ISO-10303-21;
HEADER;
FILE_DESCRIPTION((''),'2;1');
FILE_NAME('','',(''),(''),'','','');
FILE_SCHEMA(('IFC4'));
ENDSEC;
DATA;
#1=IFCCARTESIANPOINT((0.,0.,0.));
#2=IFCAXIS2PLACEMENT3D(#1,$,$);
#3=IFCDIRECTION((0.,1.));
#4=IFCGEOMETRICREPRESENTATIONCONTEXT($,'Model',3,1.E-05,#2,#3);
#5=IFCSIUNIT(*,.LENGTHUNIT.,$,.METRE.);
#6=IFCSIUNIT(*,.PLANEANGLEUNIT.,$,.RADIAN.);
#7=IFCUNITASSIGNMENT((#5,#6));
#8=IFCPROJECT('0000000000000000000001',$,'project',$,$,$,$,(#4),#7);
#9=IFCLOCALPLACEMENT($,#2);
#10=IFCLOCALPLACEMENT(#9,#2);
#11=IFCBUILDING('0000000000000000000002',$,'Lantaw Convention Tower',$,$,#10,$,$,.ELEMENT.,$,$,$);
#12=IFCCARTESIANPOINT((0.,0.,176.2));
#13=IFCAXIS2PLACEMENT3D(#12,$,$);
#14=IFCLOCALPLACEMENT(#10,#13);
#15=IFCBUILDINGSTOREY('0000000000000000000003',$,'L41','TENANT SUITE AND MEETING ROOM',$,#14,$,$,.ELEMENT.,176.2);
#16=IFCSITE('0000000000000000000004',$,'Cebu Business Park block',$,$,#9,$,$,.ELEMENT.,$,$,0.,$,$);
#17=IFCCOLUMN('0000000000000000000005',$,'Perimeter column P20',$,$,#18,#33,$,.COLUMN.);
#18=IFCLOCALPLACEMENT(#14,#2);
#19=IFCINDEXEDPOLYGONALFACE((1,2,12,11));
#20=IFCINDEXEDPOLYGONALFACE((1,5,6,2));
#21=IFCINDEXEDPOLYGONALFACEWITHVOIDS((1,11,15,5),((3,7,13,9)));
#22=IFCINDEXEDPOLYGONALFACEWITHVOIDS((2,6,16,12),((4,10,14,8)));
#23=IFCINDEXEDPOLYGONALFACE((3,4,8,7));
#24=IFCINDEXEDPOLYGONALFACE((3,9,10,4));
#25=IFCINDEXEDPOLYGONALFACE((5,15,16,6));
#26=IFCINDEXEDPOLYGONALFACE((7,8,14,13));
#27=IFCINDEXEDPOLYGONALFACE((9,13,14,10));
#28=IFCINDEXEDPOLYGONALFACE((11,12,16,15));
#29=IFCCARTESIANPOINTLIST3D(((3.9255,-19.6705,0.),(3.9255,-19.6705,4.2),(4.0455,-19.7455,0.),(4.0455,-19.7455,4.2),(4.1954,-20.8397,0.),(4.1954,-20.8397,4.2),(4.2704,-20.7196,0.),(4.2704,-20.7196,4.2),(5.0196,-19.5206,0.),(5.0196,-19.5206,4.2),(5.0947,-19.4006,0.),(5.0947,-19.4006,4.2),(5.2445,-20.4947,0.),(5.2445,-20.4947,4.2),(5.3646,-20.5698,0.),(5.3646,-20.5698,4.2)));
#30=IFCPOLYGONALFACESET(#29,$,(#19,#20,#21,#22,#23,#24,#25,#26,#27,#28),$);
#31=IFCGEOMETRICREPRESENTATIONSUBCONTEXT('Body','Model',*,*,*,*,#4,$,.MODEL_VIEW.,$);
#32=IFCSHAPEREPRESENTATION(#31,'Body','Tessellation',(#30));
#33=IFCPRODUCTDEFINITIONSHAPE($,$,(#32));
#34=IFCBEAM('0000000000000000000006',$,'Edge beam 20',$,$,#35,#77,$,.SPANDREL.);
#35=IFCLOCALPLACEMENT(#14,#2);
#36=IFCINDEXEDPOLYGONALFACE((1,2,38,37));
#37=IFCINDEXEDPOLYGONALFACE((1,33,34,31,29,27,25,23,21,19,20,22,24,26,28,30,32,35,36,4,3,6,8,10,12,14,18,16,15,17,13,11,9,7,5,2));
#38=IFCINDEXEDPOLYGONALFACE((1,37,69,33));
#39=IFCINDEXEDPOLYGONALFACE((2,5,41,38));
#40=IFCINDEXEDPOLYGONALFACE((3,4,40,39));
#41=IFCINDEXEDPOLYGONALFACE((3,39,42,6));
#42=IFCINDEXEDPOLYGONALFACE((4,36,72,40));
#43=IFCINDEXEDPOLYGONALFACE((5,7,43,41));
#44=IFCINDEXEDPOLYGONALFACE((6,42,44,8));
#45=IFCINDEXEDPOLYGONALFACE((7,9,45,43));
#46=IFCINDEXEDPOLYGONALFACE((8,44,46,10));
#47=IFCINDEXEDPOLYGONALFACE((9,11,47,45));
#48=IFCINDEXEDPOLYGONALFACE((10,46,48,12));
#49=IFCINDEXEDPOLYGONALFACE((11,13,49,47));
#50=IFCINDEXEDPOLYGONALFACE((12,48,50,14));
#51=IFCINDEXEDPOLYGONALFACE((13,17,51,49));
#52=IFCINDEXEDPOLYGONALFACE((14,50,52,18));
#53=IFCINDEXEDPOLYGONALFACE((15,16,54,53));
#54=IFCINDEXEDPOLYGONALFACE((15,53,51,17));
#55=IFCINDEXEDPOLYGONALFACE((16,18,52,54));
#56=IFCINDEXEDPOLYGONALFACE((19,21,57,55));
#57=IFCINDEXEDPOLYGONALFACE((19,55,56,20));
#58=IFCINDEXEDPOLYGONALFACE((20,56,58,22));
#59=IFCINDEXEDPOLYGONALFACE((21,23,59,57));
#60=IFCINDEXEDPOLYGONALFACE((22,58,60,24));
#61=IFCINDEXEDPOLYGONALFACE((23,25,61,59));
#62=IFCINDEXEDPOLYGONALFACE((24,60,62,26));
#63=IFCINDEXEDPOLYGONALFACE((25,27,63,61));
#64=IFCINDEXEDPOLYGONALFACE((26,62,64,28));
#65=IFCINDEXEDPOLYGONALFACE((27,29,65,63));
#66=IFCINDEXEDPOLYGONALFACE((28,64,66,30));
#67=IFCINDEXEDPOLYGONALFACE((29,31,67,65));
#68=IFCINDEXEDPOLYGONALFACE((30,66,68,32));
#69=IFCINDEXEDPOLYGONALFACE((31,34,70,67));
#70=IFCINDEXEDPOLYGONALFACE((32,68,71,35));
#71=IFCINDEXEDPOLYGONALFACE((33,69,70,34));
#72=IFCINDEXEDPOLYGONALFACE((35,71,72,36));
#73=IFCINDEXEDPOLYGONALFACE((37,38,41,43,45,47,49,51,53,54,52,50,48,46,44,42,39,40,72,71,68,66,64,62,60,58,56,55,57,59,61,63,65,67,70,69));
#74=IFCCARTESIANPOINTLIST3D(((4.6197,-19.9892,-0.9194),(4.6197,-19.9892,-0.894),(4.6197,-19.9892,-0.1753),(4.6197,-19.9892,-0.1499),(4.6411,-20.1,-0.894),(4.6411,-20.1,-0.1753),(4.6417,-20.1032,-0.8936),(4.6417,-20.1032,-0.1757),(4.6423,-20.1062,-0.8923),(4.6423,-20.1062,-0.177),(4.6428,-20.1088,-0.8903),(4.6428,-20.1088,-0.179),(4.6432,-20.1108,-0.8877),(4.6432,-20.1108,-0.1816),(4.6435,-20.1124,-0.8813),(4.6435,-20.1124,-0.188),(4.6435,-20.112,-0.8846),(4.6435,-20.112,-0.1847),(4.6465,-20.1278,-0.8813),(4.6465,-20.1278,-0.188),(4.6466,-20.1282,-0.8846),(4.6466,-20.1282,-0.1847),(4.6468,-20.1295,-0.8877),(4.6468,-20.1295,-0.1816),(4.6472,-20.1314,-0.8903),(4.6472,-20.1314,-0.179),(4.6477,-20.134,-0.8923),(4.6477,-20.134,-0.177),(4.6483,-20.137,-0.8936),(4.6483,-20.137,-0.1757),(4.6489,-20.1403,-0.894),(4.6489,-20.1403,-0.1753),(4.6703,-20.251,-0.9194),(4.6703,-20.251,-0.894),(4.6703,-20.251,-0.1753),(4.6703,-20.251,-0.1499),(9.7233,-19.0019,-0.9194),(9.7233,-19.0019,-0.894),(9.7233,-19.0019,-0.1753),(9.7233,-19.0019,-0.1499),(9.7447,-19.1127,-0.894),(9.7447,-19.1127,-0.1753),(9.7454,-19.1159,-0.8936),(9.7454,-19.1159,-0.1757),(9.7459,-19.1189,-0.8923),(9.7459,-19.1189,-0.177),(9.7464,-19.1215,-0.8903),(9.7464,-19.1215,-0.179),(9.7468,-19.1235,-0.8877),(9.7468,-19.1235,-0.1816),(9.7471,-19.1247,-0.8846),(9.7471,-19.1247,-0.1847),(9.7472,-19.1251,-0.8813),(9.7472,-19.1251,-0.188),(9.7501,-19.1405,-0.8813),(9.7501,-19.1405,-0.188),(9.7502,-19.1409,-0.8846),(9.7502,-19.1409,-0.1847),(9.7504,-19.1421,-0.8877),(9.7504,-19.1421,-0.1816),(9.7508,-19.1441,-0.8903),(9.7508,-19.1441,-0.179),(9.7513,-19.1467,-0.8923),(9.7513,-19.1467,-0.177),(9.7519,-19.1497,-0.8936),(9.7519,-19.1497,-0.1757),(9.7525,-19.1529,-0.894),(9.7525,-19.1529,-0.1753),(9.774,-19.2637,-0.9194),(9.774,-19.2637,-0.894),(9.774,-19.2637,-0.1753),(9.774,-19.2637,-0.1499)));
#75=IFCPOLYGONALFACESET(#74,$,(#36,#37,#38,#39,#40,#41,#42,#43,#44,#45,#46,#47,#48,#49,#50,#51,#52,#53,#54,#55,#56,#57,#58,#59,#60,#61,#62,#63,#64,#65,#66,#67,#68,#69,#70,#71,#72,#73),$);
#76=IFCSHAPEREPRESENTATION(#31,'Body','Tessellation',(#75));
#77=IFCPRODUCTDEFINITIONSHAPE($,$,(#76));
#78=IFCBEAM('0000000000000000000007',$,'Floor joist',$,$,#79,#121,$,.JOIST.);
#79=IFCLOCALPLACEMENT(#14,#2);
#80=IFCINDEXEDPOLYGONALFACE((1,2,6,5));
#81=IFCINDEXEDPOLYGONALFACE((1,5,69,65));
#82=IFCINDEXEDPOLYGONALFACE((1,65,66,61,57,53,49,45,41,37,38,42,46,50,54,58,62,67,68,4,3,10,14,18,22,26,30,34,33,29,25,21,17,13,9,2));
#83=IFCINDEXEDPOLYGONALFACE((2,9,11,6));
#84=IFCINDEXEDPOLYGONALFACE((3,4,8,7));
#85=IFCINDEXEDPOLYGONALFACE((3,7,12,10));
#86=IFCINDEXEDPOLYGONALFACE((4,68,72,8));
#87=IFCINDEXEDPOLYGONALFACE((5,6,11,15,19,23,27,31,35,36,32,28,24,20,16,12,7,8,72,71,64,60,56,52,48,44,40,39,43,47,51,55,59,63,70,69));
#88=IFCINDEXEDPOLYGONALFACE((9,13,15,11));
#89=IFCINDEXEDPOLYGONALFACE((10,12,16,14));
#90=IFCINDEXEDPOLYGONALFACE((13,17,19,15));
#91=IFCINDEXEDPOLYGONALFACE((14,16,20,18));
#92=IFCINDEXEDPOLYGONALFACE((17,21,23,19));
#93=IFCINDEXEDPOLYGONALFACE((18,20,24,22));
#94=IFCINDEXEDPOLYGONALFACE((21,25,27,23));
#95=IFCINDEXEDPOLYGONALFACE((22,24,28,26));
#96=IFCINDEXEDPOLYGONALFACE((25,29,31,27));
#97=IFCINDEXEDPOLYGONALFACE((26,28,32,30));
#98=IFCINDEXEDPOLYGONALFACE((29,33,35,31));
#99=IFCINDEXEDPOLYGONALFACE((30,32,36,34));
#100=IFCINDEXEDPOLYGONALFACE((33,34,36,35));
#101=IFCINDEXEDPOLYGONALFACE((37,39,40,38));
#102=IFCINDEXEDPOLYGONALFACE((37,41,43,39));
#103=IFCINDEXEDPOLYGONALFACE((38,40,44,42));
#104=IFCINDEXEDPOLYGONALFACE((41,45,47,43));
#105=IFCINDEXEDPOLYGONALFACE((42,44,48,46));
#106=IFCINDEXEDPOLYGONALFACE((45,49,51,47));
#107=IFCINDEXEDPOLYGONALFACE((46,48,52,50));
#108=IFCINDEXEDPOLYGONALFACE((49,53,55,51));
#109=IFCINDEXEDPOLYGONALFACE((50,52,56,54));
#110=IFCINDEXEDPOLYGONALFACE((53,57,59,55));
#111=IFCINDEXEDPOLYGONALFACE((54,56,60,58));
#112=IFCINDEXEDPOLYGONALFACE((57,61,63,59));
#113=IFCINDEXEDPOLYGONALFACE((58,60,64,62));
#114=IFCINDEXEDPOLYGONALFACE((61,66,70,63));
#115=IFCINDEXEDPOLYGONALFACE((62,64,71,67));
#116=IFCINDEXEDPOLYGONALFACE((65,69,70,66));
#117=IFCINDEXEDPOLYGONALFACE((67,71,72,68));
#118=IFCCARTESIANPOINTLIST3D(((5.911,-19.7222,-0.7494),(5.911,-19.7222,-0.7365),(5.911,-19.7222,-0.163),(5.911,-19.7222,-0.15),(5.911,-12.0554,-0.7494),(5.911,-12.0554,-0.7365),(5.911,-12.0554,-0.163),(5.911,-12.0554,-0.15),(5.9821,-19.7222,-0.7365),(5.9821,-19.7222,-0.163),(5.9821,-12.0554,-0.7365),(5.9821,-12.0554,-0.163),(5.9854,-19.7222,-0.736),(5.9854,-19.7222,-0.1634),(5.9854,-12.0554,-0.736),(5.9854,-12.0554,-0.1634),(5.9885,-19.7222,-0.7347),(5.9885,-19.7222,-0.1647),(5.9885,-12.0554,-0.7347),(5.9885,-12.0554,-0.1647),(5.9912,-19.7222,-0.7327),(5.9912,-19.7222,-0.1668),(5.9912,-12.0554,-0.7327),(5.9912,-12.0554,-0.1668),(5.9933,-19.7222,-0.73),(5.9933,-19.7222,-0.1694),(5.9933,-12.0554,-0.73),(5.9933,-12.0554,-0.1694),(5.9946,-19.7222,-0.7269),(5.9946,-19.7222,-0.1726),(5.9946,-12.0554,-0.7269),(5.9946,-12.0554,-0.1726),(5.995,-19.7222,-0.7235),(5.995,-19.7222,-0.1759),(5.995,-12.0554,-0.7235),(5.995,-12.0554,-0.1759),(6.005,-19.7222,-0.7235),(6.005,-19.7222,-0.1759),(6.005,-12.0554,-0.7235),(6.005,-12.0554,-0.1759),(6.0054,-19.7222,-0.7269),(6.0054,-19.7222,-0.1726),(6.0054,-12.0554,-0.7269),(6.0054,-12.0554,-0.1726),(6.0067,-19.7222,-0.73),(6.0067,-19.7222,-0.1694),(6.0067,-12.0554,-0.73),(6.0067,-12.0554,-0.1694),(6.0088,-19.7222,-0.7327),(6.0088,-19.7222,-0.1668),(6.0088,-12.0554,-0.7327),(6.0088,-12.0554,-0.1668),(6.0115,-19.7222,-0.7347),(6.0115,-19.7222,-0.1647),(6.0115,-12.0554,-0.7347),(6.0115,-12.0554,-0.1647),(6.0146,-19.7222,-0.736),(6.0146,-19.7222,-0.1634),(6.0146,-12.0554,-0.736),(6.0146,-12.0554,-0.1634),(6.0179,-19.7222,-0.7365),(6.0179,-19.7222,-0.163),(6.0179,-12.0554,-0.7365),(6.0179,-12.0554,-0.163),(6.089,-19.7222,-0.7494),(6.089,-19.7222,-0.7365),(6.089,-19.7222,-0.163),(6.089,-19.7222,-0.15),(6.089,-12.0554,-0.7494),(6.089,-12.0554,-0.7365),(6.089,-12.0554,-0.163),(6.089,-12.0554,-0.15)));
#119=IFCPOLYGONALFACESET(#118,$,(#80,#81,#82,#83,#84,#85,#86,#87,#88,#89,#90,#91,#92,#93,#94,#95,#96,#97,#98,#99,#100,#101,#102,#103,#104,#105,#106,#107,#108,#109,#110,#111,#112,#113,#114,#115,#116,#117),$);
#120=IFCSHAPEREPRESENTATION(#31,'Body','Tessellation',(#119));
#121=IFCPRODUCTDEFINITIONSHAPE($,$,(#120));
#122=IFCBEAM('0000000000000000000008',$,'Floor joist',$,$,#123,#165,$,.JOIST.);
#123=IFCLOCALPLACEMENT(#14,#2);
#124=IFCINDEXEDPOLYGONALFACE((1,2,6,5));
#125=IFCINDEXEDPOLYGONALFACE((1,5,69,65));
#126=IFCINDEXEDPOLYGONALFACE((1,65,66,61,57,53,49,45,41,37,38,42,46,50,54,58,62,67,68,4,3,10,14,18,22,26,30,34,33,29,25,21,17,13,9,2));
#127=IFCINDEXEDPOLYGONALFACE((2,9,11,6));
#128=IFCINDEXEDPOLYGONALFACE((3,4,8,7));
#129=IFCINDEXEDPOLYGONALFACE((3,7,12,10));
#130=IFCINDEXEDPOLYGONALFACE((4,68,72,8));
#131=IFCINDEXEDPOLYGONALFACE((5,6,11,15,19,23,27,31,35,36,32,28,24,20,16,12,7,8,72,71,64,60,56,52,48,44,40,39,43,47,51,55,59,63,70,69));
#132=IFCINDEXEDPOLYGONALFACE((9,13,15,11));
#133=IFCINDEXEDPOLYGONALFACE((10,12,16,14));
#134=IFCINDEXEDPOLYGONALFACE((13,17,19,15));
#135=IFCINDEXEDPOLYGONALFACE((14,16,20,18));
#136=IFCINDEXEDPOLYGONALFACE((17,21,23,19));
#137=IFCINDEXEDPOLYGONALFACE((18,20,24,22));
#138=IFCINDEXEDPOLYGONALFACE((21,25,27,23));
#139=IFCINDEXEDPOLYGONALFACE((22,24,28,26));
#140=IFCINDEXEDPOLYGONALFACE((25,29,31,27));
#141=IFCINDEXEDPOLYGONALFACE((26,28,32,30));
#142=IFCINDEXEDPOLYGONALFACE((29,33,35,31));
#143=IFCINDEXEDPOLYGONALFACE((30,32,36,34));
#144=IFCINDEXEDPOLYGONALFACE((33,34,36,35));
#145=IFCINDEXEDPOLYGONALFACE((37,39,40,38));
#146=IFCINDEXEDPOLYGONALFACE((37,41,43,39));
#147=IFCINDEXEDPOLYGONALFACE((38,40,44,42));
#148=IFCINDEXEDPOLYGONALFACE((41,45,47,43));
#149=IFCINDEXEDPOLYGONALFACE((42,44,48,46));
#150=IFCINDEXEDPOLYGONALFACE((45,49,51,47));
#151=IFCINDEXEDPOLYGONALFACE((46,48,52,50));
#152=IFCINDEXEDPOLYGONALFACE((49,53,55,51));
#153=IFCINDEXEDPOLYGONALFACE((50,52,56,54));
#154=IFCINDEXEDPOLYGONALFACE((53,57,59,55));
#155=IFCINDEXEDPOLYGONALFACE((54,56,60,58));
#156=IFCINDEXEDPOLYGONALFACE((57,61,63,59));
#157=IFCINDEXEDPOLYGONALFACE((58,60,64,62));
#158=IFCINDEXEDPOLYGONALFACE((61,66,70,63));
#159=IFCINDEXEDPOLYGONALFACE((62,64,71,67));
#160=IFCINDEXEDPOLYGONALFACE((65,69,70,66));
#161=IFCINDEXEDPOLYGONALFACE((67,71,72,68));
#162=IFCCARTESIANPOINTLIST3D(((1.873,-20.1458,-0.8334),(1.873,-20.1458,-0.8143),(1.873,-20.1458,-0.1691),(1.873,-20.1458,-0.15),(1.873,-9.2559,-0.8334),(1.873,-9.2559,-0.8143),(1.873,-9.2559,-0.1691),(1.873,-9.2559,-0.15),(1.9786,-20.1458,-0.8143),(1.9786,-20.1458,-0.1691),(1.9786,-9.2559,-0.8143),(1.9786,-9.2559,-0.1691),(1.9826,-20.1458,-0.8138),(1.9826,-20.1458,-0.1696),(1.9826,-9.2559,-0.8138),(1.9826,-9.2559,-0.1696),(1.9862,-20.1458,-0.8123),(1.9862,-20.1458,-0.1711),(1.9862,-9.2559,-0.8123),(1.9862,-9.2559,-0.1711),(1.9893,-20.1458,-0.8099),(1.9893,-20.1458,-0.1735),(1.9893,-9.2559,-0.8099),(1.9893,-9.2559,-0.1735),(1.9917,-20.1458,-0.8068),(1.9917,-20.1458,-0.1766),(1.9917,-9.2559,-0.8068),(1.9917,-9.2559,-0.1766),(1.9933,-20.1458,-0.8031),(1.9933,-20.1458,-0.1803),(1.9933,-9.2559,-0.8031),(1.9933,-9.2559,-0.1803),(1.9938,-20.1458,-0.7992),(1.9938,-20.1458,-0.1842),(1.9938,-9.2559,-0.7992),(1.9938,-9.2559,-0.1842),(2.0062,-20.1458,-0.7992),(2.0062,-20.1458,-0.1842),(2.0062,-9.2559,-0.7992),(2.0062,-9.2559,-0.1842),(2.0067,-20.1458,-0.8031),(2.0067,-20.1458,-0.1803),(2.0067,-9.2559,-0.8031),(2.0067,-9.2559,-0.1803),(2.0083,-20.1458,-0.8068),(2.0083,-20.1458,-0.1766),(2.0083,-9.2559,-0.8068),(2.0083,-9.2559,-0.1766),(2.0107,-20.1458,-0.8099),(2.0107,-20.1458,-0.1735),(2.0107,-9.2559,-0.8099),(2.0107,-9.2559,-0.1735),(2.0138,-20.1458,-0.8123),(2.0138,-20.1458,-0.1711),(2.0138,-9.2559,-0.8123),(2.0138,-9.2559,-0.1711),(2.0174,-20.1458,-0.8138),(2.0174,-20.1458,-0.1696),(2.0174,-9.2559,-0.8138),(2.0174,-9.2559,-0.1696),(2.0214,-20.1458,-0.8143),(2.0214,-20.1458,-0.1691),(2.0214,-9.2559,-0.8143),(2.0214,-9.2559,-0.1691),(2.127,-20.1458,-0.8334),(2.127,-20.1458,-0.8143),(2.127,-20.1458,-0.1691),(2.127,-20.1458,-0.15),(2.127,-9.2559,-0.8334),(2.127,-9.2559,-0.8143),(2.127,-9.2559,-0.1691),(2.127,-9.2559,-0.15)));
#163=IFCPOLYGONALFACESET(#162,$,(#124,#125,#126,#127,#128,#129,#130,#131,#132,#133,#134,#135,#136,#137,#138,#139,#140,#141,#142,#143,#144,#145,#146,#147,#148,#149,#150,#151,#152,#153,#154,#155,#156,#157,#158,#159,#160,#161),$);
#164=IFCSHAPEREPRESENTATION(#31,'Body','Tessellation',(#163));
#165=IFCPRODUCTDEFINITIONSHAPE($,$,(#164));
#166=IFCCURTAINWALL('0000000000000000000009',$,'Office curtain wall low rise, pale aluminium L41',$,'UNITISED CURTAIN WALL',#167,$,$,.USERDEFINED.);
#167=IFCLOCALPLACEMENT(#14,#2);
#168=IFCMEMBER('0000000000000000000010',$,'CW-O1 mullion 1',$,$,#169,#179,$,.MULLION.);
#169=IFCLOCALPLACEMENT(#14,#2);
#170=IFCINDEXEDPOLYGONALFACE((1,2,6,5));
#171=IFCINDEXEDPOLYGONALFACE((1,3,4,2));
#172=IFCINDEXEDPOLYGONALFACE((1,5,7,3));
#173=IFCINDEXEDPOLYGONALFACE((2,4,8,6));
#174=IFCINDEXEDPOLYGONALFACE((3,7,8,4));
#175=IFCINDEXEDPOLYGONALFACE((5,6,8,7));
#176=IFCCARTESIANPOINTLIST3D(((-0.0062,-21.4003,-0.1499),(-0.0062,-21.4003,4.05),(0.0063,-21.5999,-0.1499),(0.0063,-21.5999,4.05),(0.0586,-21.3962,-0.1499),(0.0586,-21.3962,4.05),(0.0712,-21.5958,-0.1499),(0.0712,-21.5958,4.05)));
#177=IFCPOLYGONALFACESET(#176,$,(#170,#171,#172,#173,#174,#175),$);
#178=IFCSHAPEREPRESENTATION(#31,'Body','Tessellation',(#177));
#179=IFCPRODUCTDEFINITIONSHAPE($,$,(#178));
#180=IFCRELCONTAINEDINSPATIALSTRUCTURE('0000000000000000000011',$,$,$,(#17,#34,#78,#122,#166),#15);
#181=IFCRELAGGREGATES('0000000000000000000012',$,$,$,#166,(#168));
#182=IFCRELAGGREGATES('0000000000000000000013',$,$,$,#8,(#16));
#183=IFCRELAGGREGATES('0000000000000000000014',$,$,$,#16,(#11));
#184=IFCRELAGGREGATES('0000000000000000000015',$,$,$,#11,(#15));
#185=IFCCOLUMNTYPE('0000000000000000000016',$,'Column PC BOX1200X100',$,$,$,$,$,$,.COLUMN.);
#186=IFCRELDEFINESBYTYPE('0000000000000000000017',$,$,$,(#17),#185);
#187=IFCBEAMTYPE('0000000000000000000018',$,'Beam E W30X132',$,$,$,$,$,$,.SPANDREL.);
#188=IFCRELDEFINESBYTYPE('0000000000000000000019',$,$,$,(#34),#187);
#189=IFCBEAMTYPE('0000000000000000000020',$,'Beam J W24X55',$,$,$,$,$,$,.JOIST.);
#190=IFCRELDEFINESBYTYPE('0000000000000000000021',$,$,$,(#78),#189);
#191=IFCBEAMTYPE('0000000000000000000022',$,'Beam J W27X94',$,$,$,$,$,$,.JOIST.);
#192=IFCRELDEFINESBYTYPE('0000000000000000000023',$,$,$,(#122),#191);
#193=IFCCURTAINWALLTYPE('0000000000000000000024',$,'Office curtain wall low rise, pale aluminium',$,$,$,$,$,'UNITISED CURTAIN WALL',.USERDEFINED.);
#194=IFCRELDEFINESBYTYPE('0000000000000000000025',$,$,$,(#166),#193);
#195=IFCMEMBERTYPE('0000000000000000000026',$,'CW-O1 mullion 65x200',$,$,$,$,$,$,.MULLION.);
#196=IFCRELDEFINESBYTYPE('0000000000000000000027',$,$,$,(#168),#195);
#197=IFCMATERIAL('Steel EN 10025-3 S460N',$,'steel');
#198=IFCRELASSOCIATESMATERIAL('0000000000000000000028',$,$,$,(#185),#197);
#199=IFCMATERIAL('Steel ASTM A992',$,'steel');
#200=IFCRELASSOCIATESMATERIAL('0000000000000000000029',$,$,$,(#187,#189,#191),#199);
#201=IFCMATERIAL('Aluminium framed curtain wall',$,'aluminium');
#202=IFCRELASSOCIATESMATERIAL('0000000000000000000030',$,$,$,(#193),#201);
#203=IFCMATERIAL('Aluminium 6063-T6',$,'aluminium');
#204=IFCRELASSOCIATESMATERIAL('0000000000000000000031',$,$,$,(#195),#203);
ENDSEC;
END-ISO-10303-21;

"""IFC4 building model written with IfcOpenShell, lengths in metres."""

from ifc_helpers import new_model, si_unit, direction, frame, origin, origin_2d, place, context, subcontext, project, spatial, rectangle, hollow_rectangle, i_section, extrude, material, material_profile, profile_set, type_object, element, aggregate, save


model = new_model("IFC4")

# Units and contexts
model_context = context("Model", 3, precision=1e-05, world=origin(), true_north=direction((0.0, 1.0)))
body_context = subcontext(model_context, "Body", "Model", "MODEL_VIEW")
ifc_project = project(units=[si_unit("LENGTHUNIT", "METRE"), si_unit("PLANEANGLEUNIT", "RADIAN")], contexts=[model_context])

# Site, building, storey
site_placement = place(None, origin())
site = spatial("IfcSite", under=ifc_project, at=site_placement, Name="Cebu Business Park block", CompositionType="ELEMENT", RefElevation=0.0)
building_placement = place(site_placement, origin())
building = spatial("IfcBuilding", under=site, at=building_placement, Name="Lantaw Convention Tower", CompositionType="ELEMENT")
storey_placement = place(building_placement, frame((0.0, 0.0, 176.2)))
storey = spatial("IfcBuildingStorey", under=building, at=storey_placement, Name="L41", Description="TENANT SUITE AND MEETING ROOM", CompositionType="ELEMENT", Elevation=176.2)

# Column
ifc_material_1 = material(Name="Steel EN 10025-3 S460N", Category="steel")
ifc_material_profile_1 = material_profile(ifc_material_1, hollow_rectangle(XDim=1.2, YDim=1.2, WallThickness=0.1001, at=origin_2d()), Name="BOX1200X100")
ifc_material_2 = material(Name="Concrete C60/75", Category="concrete")
ifc_material_profile_2 = material_profile(ifc_material_2, rectangle(XDim=1.0, YDim=1.0, at=origin_2d()), Name="Concrete fill of BOX1200X100")
ifc_profile_set_1 = profile_set([ifc_material_profile_1, ifc_material_profile_2], Name="Steel EN 10025-3 S460N")
column_type = type_object("IfcColumnType", Name="Column PC BOX1200X100", PredefinedType="COLUMN", material=ifc_profile_set_1)
column_placement = place(storey_placement, frame((4.645, -20.1201, 0.0), z_axis=(0.0, 0.0, 1.0), x_axis=(0.97437, 0.224951, 0.0)))
element("IfcColumn", 1, at=column_placement, inside=storey, type_object=column_type, Name="Perimeter column P20", PredefinedType="COLUMN", context=body_context, shape_type="SweptSolid", body=[
    extrude(hollow_rectangle(XDim=1.2, YDim=1.2, WallThickness=0.1001, at=origin_2d()), origin(), (0.0, 0.0, 1.0), 4.2),
])

# Beams
ifc_material_3 = material(Name="Steel ASTM A992", Category="steel")
ifc_material_profile_3 = material_profile(ifc_material_3, i_section(OverallWidth=0.2666, OverallDepth=0.7695, WebThickness=0.0156, FlangeThickness=0.0254, FilletRadius=0.0127, at=origin_2d()), Name="W30X132")
ifc_profile_set_2 = profile_set([ifc_material_profile_3], Name="Steel ASTM A992")
beam_type_1 = type_object("IfcBeamType", Name="Beam E W30X132", PredefinedType="SPANDREL", material=ifc_profile_set_2)
beam_1_placement = place(storey_placement, frame((4.645, -20.1201, -0.5347), z_axis=(0.981797, 0.189934, 0.0), x_axis=(-0.189934, 0.981797, 0.0)))
element("IfcBeam", 2, at=beam_1_placement, inside=storey, type_object=beam_type_1, Name="Edge beam 20", PredefinedType="SPANDREL", context=body_context, shape_type="SweptSolid", body=[
    extrude(i_section(OverallWidth=0.2666, OverallDepth=0.7695, WebThickness=0.0156, FlangeThickness=0.0254, FilletRadius=0.0127, at=origin_2d()), origin(), (0.0, 0.0, 1.0), 5.1982),
])
ifc_material_profile_4 = material_profile(ifc_material_3, i_section(OverallWidth=0.178, OverallDepth=0.5994, WebThickness=0.01, FlangeThickness=0.0129, FilletRadius=0.0129, at=origin_2d()), Name="W24X55")
ifc_profile_set_3 = profile_set([ifc_material_profile_4], Name="Steel ASTM A992")
beam_type_2 = type_object("IfcBeamType", Name="Beam J W24X55", PredefinedType="JOIST", material=ifc_profile_set_3)
beam_2_placement = place(storey_placement, frame((6.0, -19.7222, -0.4497), z_axis=(0.0, 1.0, 0.0), x_axis=(-1.0, 0.0, 0.0)))
element("IfcBeam", 3, at=beam_2_placement, inside=storey, type_object=beam_type_2, Name="Floor joist", PredefinedType="JOIST", context=body_context, shape_type="SweptSolid", body=[
    extrude(i_section(OverallWidth=0.178, OverallDepth=0.5994, WebThickness=0.01, FlangeThickness=0.0129, FilletRadius=0.0129, at=origin_2d()), origin(), (0.0, 0.0, 1.0), 7.6667),
])
ifc_material_profile_5 = material_profile(ifc_material_3, i_section(OverallWidth=0.2539, OverallDepth=0.6833, WebThickness=0.0125, FlangeThickness=0.019, FilletRadius=0.0151, at=origin_2d()), Name="W27X94")
ifc_profile_set_4 = profile_set([ifc_material_profile_5], Name="Steel ASTM A992")
beam_type_3 = type_object("IfcBeamType", Name="Beam J W27X94", PredefinedType="JOIST", material=ifc_profile_set_4)
beam_3_placement = place(storey_placement, frame((2.0, -20.1458, -0.4917), z_axis=(0.0, 1.0, 0.0), x_axis=(-1.0, 0.0, 0.0)))
element("IfcBeam", 4, at=beam_3_placement, inside=storey, type_object=beam_type_3, Name="Floor joist", PredefinedType="JOIST", context=body_context, shape_type="SweptSolid", body=[
    extrude(i_section(OverallWidth=0.2539, OverallDepth=0.6833, WebThickness=0.0125, FlangeThickness=0.019, FilletRadius=0.0151, at=origin_2d()), origin(), (0.0, 0.0, 1.0), 10.8899),
])

# Curtain wall, member
ifc_material_4 = material(Name="Aluminium framed curtain wall", Category="aluminium")
curtain_wall_type = type_object("IfcCurtainWallType", Name="Office curtain wall low rise, pale aluminium", ElementType="UNITISED CURTAIN WALL", PredefinedType="USERDEFINED", material=ifc_material_4)
curtain_wall_1_placement = place(storey_placement, origin())
curtain_wall_1 = element("IfcCurtainWall", 5, at=curtain_wall_1_placement, inside=storey, type_object=curtain_wall_type, Name="Office curtain wall low rise, pale aluminium L41", ObjectType="UNITISED CURTAIN WALL", PredefinedType="USERDEFINED")
ifc_material_5 = material(Name="Aluminium 6063-T6", Category="aluminium")
ifc_material_profile_6 = material_profile(ifc_material_5, rectangle(XDim=0.2, YDim=0.0649, at=origin_2d()), Name="CW-O1 mullion 65x200")
ifc_profile_set_5 = profile_set([ifc_material_profile_6], Name="Aluminium 6063-T6")
member_type_1 = type_object("IfcMemberType", Name="CW-O1 mullion 65x200", PredefinedType="MULLION", material=ifc_profile_set_5)
member_1_placement = place(storey_placement, frame((0.0325, -21.498, -0.1499), z_axis=(0.0, 0.0, 1.0), x_axis=(-0.062865, 0.998022, 0.0)))
member_1 = element("IfcMember", 6, at=member_1_placement, type_object=member_type_1, Name="CW-O1 mullion 1", PredefinedType="MULLION", context=body_context, shape_type="SweptSolid", body=[
    extrude(rectangle(XDim=0.2, YDim=0.0649, at=origin_2d()), origin(), (0.0, 0.0, 1.0), 4.2),
])

aggregate(curtain_wall_1, [member_1])

save(model, "model.ifc")
